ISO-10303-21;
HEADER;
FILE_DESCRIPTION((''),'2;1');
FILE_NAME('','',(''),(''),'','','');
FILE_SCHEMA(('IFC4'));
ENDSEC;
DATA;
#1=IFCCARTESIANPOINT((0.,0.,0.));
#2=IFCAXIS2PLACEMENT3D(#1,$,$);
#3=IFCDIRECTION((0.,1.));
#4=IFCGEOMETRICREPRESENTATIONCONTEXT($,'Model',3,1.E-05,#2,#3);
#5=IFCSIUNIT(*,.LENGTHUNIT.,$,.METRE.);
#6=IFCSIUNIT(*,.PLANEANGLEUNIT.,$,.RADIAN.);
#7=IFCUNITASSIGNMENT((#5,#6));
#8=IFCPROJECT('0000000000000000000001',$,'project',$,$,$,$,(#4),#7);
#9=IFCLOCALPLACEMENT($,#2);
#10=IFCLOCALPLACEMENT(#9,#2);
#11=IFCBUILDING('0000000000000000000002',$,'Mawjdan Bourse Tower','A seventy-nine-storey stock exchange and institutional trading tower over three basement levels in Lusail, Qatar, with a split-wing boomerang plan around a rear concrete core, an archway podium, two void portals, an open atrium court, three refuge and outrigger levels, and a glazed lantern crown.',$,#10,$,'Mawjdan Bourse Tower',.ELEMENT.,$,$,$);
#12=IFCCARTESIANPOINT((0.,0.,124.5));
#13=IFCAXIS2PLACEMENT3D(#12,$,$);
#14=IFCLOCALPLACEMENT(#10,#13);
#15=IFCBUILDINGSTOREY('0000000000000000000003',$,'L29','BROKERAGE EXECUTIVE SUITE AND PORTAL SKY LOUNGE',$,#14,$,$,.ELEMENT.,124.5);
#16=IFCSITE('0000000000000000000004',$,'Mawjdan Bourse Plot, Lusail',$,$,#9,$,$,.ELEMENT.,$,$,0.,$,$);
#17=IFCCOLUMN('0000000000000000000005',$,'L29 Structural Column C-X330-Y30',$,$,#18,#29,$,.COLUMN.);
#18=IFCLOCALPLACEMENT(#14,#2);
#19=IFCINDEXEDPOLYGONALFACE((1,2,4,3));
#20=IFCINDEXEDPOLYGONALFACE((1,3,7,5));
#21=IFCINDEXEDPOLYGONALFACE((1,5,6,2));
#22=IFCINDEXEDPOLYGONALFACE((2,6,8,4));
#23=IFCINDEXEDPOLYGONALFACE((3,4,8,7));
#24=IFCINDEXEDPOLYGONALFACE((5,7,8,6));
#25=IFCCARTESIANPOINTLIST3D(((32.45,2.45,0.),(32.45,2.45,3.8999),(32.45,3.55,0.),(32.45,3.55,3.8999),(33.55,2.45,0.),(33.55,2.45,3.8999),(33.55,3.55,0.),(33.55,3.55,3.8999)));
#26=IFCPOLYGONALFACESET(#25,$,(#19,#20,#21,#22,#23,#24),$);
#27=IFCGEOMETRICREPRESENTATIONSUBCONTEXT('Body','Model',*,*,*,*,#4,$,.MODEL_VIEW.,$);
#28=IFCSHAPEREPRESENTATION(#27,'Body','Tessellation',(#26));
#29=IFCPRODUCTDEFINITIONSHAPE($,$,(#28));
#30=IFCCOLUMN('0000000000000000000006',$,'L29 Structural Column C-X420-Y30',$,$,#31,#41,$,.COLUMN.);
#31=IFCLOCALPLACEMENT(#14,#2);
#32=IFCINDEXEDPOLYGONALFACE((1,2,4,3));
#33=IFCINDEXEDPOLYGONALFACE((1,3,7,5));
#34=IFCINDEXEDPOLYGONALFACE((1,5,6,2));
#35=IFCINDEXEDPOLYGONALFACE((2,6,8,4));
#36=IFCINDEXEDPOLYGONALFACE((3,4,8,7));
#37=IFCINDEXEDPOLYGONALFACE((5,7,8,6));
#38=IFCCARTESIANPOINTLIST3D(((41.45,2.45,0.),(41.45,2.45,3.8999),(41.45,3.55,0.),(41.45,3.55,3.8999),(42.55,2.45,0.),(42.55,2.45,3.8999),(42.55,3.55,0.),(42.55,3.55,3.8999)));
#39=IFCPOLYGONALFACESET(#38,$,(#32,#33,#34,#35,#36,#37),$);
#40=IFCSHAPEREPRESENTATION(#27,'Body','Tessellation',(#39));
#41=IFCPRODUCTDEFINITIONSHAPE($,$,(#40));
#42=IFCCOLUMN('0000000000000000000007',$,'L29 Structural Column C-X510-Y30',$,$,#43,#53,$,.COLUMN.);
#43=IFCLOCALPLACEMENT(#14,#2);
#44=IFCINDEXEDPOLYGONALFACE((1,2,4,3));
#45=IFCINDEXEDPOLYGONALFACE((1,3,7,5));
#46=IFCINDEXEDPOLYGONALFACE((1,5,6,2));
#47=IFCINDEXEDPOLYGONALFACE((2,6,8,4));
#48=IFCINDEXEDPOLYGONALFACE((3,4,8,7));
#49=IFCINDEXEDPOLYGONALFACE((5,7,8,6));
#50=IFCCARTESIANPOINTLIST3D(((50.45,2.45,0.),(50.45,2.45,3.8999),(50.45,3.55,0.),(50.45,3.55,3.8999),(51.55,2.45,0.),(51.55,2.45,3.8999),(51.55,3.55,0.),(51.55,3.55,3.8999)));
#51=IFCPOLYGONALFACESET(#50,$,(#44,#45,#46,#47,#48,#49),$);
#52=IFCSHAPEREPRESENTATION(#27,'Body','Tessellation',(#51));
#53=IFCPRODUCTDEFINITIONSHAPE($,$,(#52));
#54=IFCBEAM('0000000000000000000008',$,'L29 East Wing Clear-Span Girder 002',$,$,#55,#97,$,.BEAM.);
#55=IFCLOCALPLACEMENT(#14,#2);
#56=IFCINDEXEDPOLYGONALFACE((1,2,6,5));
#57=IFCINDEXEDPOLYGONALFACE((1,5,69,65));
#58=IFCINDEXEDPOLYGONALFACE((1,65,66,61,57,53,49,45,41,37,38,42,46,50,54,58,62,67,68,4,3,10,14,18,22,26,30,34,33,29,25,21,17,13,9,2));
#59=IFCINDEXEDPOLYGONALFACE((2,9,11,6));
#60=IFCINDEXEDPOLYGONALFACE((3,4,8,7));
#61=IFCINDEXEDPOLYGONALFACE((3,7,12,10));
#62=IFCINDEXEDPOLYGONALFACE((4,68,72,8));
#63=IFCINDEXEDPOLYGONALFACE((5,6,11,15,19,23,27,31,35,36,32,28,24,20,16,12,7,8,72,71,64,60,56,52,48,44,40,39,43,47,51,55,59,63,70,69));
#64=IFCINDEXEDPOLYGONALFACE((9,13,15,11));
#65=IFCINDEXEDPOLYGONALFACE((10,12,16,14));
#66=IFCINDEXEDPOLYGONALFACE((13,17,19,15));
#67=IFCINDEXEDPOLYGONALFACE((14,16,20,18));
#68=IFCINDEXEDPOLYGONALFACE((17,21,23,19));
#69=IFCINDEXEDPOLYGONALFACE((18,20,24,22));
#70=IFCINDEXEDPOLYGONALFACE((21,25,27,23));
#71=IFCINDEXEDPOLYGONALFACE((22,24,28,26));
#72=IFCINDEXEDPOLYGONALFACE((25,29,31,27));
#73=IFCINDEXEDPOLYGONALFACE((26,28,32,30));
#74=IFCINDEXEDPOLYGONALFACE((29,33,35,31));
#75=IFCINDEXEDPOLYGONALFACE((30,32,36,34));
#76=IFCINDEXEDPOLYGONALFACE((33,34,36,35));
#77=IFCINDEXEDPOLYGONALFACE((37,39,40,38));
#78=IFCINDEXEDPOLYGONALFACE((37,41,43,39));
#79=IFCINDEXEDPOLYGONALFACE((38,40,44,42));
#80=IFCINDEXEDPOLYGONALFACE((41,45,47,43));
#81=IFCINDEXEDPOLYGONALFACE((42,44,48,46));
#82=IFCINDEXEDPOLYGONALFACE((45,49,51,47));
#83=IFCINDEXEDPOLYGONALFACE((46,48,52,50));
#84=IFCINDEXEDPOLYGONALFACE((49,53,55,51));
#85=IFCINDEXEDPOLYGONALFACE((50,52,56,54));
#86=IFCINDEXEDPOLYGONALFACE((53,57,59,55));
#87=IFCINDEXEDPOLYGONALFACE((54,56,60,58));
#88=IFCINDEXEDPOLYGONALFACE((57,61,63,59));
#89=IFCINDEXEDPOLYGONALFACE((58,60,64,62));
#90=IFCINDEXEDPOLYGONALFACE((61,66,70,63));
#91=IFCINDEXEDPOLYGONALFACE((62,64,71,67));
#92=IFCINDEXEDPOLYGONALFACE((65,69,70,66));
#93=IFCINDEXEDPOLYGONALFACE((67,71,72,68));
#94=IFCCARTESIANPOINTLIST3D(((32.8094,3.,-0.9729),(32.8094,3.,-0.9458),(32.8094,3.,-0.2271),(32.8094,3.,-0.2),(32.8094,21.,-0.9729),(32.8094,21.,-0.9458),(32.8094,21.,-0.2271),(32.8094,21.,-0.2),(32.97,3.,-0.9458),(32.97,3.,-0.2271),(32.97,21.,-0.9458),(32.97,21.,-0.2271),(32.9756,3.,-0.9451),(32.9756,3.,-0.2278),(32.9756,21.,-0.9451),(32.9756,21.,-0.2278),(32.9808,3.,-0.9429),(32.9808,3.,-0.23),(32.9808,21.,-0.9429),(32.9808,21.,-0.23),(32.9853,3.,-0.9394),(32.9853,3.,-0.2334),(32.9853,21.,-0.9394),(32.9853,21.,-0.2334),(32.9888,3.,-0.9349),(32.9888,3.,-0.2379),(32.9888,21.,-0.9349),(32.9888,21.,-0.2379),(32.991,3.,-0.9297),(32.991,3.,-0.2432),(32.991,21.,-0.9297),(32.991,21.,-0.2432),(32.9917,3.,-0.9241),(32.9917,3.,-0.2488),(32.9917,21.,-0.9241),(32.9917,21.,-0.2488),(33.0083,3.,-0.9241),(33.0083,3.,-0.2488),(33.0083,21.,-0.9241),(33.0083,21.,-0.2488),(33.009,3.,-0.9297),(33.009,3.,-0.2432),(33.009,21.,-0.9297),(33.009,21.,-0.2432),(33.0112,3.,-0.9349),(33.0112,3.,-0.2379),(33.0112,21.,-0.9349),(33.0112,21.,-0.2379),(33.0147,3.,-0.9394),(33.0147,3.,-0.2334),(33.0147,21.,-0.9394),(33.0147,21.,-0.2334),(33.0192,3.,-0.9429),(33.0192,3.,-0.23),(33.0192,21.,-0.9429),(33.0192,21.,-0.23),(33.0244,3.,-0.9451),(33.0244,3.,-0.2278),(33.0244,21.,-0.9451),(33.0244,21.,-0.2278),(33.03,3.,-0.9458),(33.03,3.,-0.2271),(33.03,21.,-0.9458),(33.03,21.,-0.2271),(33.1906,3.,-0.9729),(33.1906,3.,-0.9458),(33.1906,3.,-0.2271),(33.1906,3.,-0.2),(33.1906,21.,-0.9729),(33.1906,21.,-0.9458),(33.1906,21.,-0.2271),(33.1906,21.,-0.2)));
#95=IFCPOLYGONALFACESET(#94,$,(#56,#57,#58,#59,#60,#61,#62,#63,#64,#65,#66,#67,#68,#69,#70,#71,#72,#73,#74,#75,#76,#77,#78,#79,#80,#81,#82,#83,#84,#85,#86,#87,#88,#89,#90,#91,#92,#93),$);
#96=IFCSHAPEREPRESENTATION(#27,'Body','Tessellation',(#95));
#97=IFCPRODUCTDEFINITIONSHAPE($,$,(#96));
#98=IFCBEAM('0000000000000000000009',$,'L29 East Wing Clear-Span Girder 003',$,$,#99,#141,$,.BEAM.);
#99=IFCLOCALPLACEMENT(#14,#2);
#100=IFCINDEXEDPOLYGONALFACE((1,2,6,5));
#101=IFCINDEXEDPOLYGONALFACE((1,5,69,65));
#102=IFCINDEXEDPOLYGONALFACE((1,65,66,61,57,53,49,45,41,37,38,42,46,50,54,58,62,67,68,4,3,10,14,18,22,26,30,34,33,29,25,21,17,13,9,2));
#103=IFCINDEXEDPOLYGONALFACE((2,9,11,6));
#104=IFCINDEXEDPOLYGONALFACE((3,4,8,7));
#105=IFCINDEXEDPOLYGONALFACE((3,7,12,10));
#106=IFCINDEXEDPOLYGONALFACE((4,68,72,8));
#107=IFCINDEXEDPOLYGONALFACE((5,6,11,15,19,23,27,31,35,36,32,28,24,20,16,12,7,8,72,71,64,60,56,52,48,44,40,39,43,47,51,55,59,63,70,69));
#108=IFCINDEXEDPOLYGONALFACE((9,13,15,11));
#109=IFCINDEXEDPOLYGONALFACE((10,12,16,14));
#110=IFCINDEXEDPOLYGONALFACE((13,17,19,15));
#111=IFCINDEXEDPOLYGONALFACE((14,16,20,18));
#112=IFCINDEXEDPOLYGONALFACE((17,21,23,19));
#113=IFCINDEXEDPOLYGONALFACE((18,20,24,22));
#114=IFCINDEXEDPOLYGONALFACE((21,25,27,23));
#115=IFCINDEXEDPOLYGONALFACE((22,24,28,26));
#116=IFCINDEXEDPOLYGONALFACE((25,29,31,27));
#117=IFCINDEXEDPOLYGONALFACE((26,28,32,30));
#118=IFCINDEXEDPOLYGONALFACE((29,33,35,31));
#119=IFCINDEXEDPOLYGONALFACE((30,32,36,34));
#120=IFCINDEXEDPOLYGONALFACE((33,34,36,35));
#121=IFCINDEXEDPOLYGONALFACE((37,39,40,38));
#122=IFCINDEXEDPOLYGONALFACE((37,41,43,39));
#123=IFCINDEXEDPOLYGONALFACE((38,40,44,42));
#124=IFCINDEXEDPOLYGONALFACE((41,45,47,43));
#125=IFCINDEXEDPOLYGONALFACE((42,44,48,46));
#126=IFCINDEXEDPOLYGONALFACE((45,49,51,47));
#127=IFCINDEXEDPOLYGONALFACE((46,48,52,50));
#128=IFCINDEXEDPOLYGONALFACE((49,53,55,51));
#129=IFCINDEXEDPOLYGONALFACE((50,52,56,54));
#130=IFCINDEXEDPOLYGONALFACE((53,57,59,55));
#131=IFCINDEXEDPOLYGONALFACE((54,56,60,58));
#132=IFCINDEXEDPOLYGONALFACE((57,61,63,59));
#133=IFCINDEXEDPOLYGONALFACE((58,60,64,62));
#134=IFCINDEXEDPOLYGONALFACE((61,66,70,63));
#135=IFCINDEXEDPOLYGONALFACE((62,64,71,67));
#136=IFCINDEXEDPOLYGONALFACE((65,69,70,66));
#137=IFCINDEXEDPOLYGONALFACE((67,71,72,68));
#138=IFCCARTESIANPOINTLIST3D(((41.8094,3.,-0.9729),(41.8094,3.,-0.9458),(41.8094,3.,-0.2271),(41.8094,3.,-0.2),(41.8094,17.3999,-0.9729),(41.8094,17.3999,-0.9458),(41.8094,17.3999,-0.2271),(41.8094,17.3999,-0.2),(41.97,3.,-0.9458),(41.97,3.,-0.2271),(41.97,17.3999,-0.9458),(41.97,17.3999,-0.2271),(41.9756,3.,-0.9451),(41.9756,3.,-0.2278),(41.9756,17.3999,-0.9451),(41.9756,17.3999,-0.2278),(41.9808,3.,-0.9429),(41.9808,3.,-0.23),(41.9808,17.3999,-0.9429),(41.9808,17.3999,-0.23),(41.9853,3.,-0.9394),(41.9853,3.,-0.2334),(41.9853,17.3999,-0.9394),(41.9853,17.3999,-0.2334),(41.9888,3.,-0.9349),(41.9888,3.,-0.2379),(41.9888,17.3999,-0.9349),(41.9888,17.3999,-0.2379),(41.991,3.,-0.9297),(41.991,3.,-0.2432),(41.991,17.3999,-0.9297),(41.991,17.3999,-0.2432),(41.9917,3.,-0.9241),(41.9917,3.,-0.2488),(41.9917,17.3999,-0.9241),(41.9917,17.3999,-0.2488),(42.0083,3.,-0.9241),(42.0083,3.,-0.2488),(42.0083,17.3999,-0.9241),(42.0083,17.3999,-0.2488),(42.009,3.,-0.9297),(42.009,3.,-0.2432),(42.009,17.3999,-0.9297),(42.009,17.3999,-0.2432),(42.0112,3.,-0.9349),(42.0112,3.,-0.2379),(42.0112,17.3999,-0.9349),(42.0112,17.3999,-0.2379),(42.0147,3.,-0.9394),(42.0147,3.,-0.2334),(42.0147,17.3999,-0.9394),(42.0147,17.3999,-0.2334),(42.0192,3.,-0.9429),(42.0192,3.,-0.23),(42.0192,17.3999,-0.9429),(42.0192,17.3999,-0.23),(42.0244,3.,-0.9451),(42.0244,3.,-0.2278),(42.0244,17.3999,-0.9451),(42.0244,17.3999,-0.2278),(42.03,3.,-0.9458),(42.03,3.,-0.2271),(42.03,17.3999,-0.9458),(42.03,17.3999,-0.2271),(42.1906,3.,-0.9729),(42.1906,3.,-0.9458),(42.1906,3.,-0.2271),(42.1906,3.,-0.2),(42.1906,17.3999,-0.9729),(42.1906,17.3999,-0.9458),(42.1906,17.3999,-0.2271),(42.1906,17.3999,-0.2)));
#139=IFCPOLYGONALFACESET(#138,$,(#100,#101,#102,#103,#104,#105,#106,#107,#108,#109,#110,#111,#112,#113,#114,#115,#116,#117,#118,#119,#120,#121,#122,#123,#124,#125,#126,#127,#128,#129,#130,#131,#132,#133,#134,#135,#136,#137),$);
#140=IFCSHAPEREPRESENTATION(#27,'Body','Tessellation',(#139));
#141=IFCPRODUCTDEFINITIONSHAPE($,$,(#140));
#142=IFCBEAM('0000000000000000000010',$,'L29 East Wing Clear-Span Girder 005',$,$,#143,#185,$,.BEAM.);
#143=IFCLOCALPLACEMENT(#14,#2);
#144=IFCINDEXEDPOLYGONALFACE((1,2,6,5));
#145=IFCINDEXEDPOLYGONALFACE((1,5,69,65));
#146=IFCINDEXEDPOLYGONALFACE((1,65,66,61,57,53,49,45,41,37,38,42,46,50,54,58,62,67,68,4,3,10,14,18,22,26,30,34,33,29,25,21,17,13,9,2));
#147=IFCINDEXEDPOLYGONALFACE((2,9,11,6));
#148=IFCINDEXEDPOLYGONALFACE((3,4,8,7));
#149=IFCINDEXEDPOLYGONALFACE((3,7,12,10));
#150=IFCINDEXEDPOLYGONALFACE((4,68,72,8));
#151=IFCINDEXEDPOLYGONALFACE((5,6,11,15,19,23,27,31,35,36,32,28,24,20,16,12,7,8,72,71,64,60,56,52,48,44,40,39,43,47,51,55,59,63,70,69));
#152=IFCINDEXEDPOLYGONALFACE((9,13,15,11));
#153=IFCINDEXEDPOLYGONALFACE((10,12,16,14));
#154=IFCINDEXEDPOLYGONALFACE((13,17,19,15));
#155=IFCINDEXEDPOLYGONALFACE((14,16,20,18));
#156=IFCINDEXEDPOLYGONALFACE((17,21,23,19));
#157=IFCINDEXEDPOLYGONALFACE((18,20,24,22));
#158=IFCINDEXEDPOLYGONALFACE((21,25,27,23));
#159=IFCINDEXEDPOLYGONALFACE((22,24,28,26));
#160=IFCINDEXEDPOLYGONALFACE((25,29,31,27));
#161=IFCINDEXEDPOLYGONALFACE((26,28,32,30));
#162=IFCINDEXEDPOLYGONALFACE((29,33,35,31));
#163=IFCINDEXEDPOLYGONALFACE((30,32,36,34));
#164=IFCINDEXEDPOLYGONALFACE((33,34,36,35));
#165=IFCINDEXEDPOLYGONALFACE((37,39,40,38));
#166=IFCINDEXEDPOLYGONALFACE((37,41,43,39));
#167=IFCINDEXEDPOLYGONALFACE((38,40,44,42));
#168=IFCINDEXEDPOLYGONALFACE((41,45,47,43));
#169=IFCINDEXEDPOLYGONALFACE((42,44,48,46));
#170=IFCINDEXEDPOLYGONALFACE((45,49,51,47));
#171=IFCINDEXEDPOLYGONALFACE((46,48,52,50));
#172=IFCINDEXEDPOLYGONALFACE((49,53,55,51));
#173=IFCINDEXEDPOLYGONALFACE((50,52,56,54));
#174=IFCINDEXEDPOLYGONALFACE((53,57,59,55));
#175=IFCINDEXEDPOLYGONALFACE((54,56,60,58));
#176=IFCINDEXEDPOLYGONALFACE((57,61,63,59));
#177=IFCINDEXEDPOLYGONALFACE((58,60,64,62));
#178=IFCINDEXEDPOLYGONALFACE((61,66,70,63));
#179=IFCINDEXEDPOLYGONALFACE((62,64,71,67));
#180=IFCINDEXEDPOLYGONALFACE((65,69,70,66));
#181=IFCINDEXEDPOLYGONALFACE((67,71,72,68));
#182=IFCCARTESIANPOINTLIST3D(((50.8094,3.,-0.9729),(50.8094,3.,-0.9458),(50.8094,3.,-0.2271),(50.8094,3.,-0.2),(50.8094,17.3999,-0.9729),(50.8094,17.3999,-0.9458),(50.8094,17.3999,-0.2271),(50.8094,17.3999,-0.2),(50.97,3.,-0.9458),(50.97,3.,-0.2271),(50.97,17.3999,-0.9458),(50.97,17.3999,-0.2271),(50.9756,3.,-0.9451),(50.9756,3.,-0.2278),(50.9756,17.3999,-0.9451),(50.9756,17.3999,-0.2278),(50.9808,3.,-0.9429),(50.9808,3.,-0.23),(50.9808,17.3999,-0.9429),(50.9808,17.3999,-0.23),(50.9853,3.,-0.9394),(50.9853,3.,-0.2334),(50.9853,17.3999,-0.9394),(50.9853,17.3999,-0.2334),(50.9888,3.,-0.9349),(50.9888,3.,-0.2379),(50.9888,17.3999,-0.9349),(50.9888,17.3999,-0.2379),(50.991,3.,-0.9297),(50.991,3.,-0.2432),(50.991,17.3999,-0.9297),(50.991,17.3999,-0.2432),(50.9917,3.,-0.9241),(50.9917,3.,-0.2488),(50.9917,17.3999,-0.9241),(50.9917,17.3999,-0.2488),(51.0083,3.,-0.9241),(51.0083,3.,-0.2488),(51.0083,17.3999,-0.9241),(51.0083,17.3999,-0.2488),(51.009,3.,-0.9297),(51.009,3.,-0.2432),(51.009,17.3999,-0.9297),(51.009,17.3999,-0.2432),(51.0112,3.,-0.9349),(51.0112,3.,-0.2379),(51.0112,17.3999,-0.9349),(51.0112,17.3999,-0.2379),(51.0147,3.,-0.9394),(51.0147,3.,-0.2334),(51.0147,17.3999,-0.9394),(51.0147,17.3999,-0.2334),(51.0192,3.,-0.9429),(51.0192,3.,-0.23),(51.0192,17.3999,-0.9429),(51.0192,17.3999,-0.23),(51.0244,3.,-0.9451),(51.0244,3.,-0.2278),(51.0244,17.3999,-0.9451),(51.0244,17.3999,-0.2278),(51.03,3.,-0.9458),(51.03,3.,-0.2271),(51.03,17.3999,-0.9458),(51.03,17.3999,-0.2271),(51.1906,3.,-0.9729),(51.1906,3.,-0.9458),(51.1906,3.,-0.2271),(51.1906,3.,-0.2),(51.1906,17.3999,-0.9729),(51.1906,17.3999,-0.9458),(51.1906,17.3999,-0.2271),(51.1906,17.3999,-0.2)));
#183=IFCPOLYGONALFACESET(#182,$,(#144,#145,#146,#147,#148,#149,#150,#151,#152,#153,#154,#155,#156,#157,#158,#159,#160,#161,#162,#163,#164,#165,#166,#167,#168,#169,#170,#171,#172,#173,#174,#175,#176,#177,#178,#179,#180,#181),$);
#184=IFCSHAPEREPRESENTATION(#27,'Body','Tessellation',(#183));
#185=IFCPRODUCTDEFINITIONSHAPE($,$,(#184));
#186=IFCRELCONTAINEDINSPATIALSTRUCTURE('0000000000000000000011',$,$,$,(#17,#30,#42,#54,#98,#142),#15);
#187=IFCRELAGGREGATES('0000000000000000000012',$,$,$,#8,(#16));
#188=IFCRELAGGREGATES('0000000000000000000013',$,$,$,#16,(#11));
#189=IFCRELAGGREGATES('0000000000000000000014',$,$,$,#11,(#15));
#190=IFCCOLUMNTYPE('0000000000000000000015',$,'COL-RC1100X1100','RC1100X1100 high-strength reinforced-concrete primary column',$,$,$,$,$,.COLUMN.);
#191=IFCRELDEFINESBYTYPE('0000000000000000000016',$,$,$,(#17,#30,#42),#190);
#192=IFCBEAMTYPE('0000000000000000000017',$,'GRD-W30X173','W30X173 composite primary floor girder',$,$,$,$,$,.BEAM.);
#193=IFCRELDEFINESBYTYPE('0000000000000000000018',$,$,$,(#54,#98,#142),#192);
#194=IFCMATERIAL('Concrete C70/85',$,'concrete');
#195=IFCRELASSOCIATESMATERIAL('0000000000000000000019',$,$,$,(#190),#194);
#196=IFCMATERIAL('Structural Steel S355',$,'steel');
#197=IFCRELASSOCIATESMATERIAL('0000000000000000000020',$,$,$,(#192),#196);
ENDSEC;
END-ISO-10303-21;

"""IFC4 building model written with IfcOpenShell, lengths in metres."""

from ifc_helpers import new_model, si_unit, direction, frame, origin, origin_2d, place, context, subcontext, project, spatial, rectangle, i_section, extrude, material, material_profile, profile_set, type_object, element, save


model = new_model("IFC4")

# Units and contexts
model_context = context("Model", 3, precision=1e-05, world=origin(), true_north=direction((0.0, 1.0)))
body_context = subcontext(model_context, "Body", "Model", "MODEL_VIEW")
ifc_project = project(units=[si_unit("LENGTHUNIT", "METRE"), si_unit("PLANEANGLEUNIT", "RADIAN")], contexts=[model_context])

# Site, building, storey
site_placement = place(None, origin())
site = spatial("IfcSite", under=ifc_project, at=site_placement, Name="Mawjdan Bourse Plot, Lusail", CompositionType="ELEMENT", RefElevation=0.0)
building_placement = place(site_placement, origin())
building = spatial("IfcBuilding", under=site, at=building_placement, Name="Mawjdan Bourse Tower", Description="A seventy-nine-storey stock exchange and institutional trading tower over three basement levels in Lusail, Qatar, with a split-wing boomerang plan around a rear concrete core, an archway podium, two void portals, an open atrium court, three refuge and outrigger levels, and a glazed lantern crown.", LongName="Mawjdan Bourse Tower", CompositionType="ELEMENT")
storey_placement = place(building_placement, frame((0.0, 0.0, 124.5)))
storey = spatial("IfcBuildingStorey", under=building, at=storey_placement, Name="L29", Description="BROKERAGE EXECUTIVE SUITE AND PORTAL SKY LOUNGE", CompositionType="ELEMENT", Elevation=124.5)

# Columns
ifc_material_1 = material(Name="Concrete C70/85", Category="concrete")
ifc_material_profile_1 = material_profile(ifc_material_1, rectangle(XDim=1.1001, YDim=1.1001, at=origin_2d()), Name="RC1100X1100")
ifc_profile_set_1 = profile_set([ifc_material_profile_1], Name="Concrete C70/85")
column_type = type_object("IfcColumnType", Name="COL-RC1100X1100", Description="RC1100X1100 high-strength reinforced-concrete primary column", PredefinedType="COLUMN", material=ifc_profile_set_1)
for number, where, z_axis, x_axis, name in (
    (1, (33.0, 3.0, 0.0), (0.0, 0.0, 1.0), (1.0, 0.0, 0.0), "L29 Structural Column C-X330-Y30"),
    (2, (42.0, 3.0, 0.0), (0.0, 0.0, 1.0), (1.0, 0.0, 0.0), "L29 Structural Column C-X420-Y30"),
    (3, (51.0, 3.0, 0.0), (0.0, 0.0, 1.0), (1.0, 0.0, 0.0), "L29 Structural Column C-X510-Y30"),
):
    element("IfcColumn", number, at=place(storey_placement, frame(where, z_axis=z_axis, x_axis=x_axis)), inside=storey, type_object=column_type, Name=name, PredefinedType="COLUMN", context=body_context, shape_type="SweptSolid", body=[
        extrude(rectangle(XDim=1.1001, YDim=1.1001, at=origin_2d()), origin(), (0.0, 0.0, 1.0), 3.8999),
    ])

# Beams
ifc_material_2 = material(Name="Structural Steel S355", Category="steel")
ifc_material_profile_2 = material_profile(ifc_material_2, i_section(OverallWidth=0.3811, OverallDepth=0.7729, WebThickness=0.0166, FlangeThickness=0.0271, FilletRadius=0.0217, at=origin_2d()), Name="W30X173")
ifc_profile_set_2 = profile_set([ifc_material_profile_2], Name="Structural Steel S355")
beam_type_1 = type_object("IfcBeamType", Name="GRD-W30X173", Description="W30X173 composite primary floor girder", PredefinedType="BEAM", material=ifc_profile_set_2)
beam_1_placement = place(storey_placement, frame((33.0, 3.0, -0.5864), z_axis=(0.0, 1.0, 0.0), x_axis=(-1.0, 0.0, 0.0)))
element("IfcBeam", 4, at=beam_1_placement, inside=storey, type_object=beam_type_1, Name="L29 East Wing Clear-Span Girder 002", PredefinedType="BEAM", context=body_context, shape_type="SweptSolid", body=[
    extrude(i_section(OverallWidth=0.3811, OverallDepth=0.7729, WebThickness=0.0166, FlangeThickness=0.0271, FilletRadius=0.0217, at=origin_2d()), origin(), (0.0, 0.0, 1.0), 18.0),
])
for number, where, z_axis, x_axis, name in (
    (5, (42.0, 3.0, -0.5864), (0.0, 1.0, 0.0), (-1.0, 0.0, 0.0), "L29 East Wing Clear-Span Girder 003"),
    (6, (51.0, 3.0, -0.5864), (0.0, 1.0, 0.0), (-1.0, 0.0, 0.0), "L29 East Wing Clear-Span Girder 005"),
):
    element("IfcBeam", number, at=place(storey_placement, frame(where, z_axis=z_axis, x_axis=x_axis)), inside=storey, type_object=beam_type_1, Name=name, PredefinedType="BEAM", context=body_context, shape_type="SweptSolid", body=[
        extrude(i_section(OverallWidth=0.3811, OverallDepth=0.7729, WebThickness=0.0166, FlangeThickness=0.0271, FilletRadius=0.0217, at=origin_2d()), origin(), (0.0, 0.0, 1.0), 14.3999),
    ])

save(model, "model.ifc")
